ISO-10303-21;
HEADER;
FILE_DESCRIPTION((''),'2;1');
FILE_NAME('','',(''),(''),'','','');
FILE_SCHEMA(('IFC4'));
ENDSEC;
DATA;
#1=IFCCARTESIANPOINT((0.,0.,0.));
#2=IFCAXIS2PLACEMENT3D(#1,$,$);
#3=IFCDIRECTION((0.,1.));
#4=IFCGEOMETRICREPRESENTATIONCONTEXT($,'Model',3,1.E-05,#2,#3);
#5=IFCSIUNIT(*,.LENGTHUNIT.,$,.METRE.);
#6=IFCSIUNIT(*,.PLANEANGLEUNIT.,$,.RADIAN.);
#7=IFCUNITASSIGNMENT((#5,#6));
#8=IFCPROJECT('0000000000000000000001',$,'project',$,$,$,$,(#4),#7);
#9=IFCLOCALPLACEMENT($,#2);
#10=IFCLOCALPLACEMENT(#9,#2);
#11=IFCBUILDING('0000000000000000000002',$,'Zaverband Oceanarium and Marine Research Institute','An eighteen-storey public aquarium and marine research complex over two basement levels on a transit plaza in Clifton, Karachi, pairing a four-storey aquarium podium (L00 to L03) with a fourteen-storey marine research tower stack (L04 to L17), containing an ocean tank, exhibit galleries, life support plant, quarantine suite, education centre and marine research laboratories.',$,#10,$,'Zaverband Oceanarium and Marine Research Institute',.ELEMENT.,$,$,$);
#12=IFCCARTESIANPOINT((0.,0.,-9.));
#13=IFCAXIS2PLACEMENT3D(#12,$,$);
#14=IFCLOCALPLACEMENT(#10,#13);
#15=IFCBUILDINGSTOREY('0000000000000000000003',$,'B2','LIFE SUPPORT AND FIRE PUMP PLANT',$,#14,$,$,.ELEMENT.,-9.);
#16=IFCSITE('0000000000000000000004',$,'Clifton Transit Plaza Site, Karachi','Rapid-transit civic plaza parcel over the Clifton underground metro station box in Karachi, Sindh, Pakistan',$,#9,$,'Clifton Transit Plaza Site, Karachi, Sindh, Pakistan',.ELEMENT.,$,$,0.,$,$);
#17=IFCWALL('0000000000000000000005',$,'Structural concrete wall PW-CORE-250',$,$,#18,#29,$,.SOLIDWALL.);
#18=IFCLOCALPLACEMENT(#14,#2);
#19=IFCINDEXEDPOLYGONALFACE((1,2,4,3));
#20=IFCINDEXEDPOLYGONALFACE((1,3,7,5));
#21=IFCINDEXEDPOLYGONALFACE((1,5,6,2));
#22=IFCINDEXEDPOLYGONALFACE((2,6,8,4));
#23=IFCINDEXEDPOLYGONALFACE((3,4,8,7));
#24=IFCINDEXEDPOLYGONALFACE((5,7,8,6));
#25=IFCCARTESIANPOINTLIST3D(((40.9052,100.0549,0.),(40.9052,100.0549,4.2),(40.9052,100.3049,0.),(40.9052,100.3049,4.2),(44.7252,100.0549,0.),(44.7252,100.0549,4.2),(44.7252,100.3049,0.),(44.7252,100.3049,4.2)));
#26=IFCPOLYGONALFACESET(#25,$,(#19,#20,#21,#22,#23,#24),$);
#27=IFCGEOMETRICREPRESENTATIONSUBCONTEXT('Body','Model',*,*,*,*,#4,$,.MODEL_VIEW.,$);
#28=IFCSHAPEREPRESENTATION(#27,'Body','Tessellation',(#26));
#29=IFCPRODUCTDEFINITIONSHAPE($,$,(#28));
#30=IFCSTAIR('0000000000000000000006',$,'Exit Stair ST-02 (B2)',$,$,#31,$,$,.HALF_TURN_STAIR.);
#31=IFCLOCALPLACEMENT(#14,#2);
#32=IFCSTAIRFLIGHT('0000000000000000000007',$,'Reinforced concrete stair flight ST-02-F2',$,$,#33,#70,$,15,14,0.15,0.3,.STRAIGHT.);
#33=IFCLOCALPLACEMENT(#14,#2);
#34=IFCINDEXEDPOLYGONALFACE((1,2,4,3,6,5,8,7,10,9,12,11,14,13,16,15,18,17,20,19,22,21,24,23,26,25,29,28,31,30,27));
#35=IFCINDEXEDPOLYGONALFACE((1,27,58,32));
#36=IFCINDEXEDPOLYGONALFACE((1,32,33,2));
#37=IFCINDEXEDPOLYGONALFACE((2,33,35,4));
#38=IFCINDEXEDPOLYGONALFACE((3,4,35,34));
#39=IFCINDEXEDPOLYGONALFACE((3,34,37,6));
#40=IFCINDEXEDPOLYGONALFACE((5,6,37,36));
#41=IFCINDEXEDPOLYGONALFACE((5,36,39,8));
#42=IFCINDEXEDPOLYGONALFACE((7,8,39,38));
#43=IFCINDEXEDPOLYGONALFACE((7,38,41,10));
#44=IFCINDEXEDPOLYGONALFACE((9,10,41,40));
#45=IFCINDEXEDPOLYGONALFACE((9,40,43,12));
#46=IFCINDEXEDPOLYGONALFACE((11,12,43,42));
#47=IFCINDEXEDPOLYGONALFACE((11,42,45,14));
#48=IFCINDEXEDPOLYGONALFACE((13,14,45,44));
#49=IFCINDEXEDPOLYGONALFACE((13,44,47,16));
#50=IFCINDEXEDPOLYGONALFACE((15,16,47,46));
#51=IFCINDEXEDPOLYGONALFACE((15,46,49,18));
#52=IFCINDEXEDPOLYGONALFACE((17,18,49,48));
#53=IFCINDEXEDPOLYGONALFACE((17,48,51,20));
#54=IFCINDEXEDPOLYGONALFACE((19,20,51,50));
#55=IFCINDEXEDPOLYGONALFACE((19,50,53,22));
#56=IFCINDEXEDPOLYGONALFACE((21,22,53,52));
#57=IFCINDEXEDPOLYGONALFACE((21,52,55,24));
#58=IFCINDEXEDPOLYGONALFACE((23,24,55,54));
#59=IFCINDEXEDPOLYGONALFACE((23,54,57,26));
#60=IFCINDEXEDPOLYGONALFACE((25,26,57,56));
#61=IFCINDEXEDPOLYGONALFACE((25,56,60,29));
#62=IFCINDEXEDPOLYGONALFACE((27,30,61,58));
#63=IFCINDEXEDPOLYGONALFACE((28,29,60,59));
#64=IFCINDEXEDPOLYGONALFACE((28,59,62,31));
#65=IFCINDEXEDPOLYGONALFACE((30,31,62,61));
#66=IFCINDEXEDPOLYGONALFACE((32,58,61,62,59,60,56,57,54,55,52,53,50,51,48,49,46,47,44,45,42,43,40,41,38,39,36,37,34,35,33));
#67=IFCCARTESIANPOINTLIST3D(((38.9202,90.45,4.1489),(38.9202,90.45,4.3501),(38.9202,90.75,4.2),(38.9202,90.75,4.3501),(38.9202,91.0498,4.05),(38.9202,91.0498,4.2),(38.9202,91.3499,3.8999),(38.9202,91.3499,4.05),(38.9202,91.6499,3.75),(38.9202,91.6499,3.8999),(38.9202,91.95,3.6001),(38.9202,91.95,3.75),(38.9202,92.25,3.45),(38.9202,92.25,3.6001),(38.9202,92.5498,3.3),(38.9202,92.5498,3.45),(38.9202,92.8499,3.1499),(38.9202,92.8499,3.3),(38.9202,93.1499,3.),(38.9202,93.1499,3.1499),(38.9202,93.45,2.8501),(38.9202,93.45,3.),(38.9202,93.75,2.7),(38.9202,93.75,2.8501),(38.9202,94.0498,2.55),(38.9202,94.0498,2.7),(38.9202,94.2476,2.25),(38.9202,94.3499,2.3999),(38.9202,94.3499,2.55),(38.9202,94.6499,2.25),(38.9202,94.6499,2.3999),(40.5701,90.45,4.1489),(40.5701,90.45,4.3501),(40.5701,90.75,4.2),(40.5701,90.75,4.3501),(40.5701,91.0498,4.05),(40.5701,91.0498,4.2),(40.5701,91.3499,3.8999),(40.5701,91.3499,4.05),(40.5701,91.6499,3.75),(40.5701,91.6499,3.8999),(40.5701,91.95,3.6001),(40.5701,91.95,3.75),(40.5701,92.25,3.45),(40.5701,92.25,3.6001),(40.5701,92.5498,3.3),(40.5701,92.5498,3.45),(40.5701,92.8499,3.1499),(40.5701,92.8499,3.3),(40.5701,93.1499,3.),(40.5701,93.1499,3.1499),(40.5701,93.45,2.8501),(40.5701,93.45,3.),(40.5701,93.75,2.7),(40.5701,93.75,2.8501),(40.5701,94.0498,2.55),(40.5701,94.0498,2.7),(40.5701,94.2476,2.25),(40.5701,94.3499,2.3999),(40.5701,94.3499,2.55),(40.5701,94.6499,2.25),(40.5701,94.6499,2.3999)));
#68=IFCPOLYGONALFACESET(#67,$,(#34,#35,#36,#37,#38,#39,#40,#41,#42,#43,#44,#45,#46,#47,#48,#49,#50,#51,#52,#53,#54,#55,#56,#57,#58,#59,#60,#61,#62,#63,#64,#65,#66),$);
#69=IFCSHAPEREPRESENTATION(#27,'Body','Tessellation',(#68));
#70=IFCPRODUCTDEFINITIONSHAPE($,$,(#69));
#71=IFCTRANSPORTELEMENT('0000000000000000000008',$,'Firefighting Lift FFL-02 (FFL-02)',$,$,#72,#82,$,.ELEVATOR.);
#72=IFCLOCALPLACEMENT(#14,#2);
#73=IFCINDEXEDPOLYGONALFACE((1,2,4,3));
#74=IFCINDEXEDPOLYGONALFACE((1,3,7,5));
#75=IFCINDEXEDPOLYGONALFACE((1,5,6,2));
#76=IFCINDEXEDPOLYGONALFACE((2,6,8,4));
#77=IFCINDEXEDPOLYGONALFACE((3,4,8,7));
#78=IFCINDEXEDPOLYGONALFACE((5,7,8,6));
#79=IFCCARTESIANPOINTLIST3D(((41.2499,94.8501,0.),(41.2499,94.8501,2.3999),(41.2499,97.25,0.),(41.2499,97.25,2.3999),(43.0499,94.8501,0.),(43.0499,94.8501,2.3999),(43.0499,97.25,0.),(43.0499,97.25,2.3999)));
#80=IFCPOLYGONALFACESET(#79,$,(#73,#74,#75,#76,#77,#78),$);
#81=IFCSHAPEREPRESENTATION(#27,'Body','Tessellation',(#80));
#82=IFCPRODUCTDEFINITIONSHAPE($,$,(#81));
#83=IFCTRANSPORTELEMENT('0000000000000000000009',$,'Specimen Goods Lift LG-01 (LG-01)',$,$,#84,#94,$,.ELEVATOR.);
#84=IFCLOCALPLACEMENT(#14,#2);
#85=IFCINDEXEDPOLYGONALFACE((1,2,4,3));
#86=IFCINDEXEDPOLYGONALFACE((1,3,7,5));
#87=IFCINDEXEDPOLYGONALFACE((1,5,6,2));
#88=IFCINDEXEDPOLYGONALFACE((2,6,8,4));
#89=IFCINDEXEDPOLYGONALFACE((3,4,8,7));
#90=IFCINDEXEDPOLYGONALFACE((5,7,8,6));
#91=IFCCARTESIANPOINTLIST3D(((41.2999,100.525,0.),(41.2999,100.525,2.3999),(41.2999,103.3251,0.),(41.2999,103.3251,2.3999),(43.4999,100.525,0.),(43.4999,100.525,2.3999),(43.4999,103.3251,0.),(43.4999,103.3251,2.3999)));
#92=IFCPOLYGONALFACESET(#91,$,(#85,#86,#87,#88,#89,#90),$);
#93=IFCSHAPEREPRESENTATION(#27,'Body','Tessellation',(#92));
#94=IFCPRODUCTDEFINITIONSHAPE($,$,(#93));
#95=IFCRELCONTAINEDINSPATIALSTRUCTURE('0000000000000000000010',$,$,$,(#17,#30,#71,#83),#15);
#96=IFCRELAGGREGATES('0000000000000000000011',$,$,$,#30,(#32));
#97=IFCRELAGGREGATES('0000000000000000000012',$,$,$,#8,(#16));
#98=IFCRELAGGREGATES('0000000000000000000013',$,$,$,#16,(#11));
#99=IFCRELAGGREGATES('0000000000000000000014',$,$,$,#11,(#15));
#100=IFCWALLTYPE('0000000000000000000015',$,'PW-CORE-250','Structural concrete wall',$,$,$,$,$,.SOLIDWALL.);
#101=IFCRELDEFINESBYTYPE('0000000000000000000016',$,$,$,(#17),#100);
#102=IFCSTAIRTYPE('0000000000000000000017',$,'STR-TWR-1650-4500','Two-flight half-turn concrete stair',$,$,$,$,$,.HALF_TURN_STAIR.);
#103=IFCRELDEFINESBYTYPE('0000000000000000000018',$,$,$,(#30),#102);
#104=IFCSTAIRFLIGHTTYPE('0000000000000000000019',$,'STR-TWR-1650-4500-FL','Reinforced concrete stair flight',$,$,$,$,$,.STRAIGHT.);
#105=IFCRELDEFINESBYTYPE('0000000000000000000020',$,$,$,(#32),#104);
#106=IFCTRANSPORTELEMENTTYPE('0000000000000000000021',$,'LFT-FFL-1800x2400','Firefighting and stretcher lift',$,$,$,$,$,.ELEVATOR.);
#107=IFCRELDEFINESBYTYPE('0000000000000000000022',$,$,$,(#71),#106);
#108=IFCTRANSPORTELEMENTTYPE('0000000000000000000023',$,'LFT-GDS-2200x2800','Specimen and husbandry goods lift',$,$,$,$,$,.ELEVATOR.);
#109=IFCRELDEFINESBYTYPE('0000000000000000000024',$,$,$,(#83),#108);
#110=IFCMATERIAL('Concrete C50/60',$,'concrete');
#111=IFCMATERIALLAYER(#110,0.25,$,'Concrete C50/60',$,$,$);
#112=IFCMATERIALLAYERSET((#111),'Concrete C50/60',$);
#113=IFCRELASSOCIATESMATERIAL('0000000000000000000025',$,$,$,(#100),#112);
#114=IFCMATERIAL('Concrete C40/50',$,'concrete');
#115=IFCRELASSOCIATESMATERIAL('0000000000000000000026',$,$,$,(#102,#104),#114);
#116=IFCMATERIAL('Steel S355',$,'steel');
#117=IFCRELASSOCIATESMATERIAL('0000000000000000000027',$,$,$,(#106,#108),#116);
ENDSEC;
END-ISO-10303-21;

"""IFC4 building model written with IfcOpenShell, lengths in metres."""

from ifc_helpers import new_model, si_unit, direction, frame, frame_2d, origin, origin_2d, place, context, subcontext, project, spatial, polyline, rectangle, outline, extrude, material, layer, layer_set, type_object, element, aggregate, save


model = new_model("IFC4")

# Units and contexts
model_context = context("Model", 3, precision=1e-05, world=origin(), true_north=direction((0.0, 1.0)))
body_context = subcontext(model_context, "Body", "Model", "MODEL_VIEW")
ifc_project = project(units=[si_unit("LENGTHUNIT", "METRE"), si_unit("PLANEANGLEUNIT", "RADIAN")], contexts=[model_context])

# Site, building, storey
site_placement = place(None, origin())
site = spatial("IfcSite", under=ifc_project, at=site_placement, Name="Clifton Transit Plaza Site, Karachi", Description="Rapid-transit civic plaza parcel over the Clifton underground metro station box in Karachi, Sindh, Pakistan", LongName="Clifton Transit Plaza Site, Karachi, Sindh, Pakistan", CompositionType="ELEMENT", RefElevation=0.0)
building_placement = place(site_placement, origin())
building = spatial("IfcBuilding", under=site, at=building_placement, Name="Zaverband Oceanarium and Marine Research Institute", Description="An eighteen-storey public aquarium and marine research complex over two basement levels on a transit plaza in Clifton, Karachi, pairing a four-storey aquarium podium (L00 to L03) with a fourteen-storey marine research tower stack (L04 to L17), containing an ocean tank, exhibit galleries, life support plant, quarantine suite, education centre and marine research laboratories.", LongName="Zaverband Oceanarium and Marine Research Institute", CompositionType="ELEMENT")
storey_placement = place(building_placement, frame((0.0, 0.0, -9.0)))
storey = spatial("IfcBuildingStorey", under=building, at=storey_placement, Name="B2", Description="LIFE SUPPORT AND FIRE PUMP PLANT", CompositionType="ELEMENT", Elevation=-9.0)

# Shared definitions
ifc_material_1 = material(Name="Concrete C50/60", Category="concrete")

# Shared definitions
ifc_material_2 = material(Name="Concrete C40/50", Category="concrete")

# Shared definitions
ifc_layer_1 = layer(ifc_material_1, 0.25, Name="Concrete C50/60")
ifc_layer_set_1 = layer_set([ifc_layer_1], Name="Concrete C50/60")
wall_type = type_object("IfcWallType", Name="PW-CORE-250", Description="Structural concrete wall", PredefinedType="SOLIDWALL", material=ifc_layer_set_1)
ifc_material_3 = material(Name="Steel S355", Category="steel")

# Wall
wall_1_placement = place(storey_placement, frame((40.905, 100.1799, 0.0), z_axis=(0.0, 0.0, 1.0), x_axis=(1.0, 0.0, 0.0)))
element("IfcWall", 1, at=wall_1_placement, inside=storey, type_object=wall_type, Name="Structural concrete wall PW-CORE-250", PredefinedType="SOLIDWALL", context=body_context, shape_type="SweptSolid", body=[
    extrude(rectangle(XDim=3.8201, YDim=0.25, at=frame_2d((1.9102, 0.0))), origin(), (0.0, 0.0, 1.0), 4.2),
])

# Stair, stair flight
stair_type = type_object("IfcStairType", Name="STR-TWR-1650-4500", Description="Two-flight half-turn concrete stair", PredefinedType="HALF_TURN_STAIR", material=ifc_material_2)
stair_placement = place(storey_placement, origin())
stair = element("IfcStair", 2, at=stair_placement, inside=storey, type_object=stair_type, Name="Exit Stair ST-02 (B2)", PredefinedType="HALF_TURN_STAIR")
stair_flight_type = type_object("IfcStairFlightType", Name="STR-TWR-1650-4500-FL", Description="Reinforced concrete stair flight", PredefinedType="STRAIGHT", material=ifc_material_2)
stair_flight_placement = place(storey_placement, frame((39.7451, 94.6499, 2.25), z_axis=(0.0, 0.0, 1.0), x_axis=(0.0, -1.0, 0.0)))
stair_flight = element("IfcStairFlight", 3, at=stair_flight_placement, type_object=stair_flight_type, Name="Reinforced concrete stair flight ST-02-F2", NumberOfRisers=15, NumberOfTreads=14, PredefinedType="STRAIGHT", RiserHeight=0.15, TreadLength=0.3, context=body_context, shape_type="SweptSolid", body=[
    extrude(outline(polyline([(0.0, 0.0), (0.0, 0.1499), (0.3, 0.1499), (0.3, 0.3), (0.6001, 0.3), (0.6001, 0.45), (0.8999, 0.45), (0.8999, 0.6001), (1.2, 0.6001), (1.2, 0.75), (1.5, 0.75), (1.5, 0.8999), (1.8, 0.8999), (1.8, 1.05), (2.1001, 1.05), (2.1001, 1.2), (2.3999, 1.2), (2.3999, 1.3501), (2.7, 1.3501), (2.7, 1.5), (3.0, 1.5), (3.0, 1.6499), (3.3, 1.6499), (3.3, 1.8), (3.6001, 1.8), (3.6001, 1.95), (3.8999, 1.95), (3.8999, 2.1001), (4.2, 2.1001), (4.2, 2.25), (4.2, 1.8989), (0.4023, 0.0), (0.0, 0.0)])), frame((0.0, 0.825, 0.0), z_axis=(0.0, -1.0, 0.0), x_axis=(1.0, 0.0, 0.0)), (0.0, 0.0, 1.0), 1.6499),
])
aggregate(stair, [stair_flight])

# Transport elements
transport_element_type_1 = type_object("IfcTransportElementType", Name="LFT-FFL-1800x2400", Description="Firefighting and stretcher lift", PredefinedType="ELEVATOR", material=ifc_material_3)
transport_element_1_placement = place(storey_placement, frame((42.1499, 96.05, 0.0), z_axis=(0.0, 0.0, 1.0), x_axis=(1.0, 0.0, 0.0)))
element("IfcTransportElement", 4, at=transport_element_1_placement, inside=storey, type_object=transport_element_type_1, Name="Firefighting Lift FFL-02 (FFL-02)", PredefinedType="ELEVATOR", context=body_context, shape_type="SweptSolid", body=[
    extrude(rectangle(XDim=1.8, YDim=2.3999, at=origin_2d()), origin(), (0.0, 0.0, 1.0), 2.3999),
])
transport_element_type_2 = type_object("IfcTransportElementType", Name="LFT-GDS-2200x2800", Description="Specimen and husbandry goods lift", PredefinedType="ELEVATOR", material=ifc_material_3)
transport_element_2_placement = place(storey_placement, frame((42.3999, 101.925, 0.0), z_axis=(0.0, 0.0, 1.0), x_axis=(1.0, 0.0, 0.0)))
element("IfcTransportElement", 5, at=transport_element_2_placement, inside=storey, type_object=transport_element_type_2, Name="Specimen Goods Lift LG-01 (LG-01)", PredefinedType="ELEVATOR", context=body_context, shape_type="SweptSolid", body=[
    extrude(rectangle(XDim=2.2, YDim=2.8, at=origin_2d()), origin(), (0.0, 0.0, 1.0), 2.3999),
])

save(model, "model.ifc")
